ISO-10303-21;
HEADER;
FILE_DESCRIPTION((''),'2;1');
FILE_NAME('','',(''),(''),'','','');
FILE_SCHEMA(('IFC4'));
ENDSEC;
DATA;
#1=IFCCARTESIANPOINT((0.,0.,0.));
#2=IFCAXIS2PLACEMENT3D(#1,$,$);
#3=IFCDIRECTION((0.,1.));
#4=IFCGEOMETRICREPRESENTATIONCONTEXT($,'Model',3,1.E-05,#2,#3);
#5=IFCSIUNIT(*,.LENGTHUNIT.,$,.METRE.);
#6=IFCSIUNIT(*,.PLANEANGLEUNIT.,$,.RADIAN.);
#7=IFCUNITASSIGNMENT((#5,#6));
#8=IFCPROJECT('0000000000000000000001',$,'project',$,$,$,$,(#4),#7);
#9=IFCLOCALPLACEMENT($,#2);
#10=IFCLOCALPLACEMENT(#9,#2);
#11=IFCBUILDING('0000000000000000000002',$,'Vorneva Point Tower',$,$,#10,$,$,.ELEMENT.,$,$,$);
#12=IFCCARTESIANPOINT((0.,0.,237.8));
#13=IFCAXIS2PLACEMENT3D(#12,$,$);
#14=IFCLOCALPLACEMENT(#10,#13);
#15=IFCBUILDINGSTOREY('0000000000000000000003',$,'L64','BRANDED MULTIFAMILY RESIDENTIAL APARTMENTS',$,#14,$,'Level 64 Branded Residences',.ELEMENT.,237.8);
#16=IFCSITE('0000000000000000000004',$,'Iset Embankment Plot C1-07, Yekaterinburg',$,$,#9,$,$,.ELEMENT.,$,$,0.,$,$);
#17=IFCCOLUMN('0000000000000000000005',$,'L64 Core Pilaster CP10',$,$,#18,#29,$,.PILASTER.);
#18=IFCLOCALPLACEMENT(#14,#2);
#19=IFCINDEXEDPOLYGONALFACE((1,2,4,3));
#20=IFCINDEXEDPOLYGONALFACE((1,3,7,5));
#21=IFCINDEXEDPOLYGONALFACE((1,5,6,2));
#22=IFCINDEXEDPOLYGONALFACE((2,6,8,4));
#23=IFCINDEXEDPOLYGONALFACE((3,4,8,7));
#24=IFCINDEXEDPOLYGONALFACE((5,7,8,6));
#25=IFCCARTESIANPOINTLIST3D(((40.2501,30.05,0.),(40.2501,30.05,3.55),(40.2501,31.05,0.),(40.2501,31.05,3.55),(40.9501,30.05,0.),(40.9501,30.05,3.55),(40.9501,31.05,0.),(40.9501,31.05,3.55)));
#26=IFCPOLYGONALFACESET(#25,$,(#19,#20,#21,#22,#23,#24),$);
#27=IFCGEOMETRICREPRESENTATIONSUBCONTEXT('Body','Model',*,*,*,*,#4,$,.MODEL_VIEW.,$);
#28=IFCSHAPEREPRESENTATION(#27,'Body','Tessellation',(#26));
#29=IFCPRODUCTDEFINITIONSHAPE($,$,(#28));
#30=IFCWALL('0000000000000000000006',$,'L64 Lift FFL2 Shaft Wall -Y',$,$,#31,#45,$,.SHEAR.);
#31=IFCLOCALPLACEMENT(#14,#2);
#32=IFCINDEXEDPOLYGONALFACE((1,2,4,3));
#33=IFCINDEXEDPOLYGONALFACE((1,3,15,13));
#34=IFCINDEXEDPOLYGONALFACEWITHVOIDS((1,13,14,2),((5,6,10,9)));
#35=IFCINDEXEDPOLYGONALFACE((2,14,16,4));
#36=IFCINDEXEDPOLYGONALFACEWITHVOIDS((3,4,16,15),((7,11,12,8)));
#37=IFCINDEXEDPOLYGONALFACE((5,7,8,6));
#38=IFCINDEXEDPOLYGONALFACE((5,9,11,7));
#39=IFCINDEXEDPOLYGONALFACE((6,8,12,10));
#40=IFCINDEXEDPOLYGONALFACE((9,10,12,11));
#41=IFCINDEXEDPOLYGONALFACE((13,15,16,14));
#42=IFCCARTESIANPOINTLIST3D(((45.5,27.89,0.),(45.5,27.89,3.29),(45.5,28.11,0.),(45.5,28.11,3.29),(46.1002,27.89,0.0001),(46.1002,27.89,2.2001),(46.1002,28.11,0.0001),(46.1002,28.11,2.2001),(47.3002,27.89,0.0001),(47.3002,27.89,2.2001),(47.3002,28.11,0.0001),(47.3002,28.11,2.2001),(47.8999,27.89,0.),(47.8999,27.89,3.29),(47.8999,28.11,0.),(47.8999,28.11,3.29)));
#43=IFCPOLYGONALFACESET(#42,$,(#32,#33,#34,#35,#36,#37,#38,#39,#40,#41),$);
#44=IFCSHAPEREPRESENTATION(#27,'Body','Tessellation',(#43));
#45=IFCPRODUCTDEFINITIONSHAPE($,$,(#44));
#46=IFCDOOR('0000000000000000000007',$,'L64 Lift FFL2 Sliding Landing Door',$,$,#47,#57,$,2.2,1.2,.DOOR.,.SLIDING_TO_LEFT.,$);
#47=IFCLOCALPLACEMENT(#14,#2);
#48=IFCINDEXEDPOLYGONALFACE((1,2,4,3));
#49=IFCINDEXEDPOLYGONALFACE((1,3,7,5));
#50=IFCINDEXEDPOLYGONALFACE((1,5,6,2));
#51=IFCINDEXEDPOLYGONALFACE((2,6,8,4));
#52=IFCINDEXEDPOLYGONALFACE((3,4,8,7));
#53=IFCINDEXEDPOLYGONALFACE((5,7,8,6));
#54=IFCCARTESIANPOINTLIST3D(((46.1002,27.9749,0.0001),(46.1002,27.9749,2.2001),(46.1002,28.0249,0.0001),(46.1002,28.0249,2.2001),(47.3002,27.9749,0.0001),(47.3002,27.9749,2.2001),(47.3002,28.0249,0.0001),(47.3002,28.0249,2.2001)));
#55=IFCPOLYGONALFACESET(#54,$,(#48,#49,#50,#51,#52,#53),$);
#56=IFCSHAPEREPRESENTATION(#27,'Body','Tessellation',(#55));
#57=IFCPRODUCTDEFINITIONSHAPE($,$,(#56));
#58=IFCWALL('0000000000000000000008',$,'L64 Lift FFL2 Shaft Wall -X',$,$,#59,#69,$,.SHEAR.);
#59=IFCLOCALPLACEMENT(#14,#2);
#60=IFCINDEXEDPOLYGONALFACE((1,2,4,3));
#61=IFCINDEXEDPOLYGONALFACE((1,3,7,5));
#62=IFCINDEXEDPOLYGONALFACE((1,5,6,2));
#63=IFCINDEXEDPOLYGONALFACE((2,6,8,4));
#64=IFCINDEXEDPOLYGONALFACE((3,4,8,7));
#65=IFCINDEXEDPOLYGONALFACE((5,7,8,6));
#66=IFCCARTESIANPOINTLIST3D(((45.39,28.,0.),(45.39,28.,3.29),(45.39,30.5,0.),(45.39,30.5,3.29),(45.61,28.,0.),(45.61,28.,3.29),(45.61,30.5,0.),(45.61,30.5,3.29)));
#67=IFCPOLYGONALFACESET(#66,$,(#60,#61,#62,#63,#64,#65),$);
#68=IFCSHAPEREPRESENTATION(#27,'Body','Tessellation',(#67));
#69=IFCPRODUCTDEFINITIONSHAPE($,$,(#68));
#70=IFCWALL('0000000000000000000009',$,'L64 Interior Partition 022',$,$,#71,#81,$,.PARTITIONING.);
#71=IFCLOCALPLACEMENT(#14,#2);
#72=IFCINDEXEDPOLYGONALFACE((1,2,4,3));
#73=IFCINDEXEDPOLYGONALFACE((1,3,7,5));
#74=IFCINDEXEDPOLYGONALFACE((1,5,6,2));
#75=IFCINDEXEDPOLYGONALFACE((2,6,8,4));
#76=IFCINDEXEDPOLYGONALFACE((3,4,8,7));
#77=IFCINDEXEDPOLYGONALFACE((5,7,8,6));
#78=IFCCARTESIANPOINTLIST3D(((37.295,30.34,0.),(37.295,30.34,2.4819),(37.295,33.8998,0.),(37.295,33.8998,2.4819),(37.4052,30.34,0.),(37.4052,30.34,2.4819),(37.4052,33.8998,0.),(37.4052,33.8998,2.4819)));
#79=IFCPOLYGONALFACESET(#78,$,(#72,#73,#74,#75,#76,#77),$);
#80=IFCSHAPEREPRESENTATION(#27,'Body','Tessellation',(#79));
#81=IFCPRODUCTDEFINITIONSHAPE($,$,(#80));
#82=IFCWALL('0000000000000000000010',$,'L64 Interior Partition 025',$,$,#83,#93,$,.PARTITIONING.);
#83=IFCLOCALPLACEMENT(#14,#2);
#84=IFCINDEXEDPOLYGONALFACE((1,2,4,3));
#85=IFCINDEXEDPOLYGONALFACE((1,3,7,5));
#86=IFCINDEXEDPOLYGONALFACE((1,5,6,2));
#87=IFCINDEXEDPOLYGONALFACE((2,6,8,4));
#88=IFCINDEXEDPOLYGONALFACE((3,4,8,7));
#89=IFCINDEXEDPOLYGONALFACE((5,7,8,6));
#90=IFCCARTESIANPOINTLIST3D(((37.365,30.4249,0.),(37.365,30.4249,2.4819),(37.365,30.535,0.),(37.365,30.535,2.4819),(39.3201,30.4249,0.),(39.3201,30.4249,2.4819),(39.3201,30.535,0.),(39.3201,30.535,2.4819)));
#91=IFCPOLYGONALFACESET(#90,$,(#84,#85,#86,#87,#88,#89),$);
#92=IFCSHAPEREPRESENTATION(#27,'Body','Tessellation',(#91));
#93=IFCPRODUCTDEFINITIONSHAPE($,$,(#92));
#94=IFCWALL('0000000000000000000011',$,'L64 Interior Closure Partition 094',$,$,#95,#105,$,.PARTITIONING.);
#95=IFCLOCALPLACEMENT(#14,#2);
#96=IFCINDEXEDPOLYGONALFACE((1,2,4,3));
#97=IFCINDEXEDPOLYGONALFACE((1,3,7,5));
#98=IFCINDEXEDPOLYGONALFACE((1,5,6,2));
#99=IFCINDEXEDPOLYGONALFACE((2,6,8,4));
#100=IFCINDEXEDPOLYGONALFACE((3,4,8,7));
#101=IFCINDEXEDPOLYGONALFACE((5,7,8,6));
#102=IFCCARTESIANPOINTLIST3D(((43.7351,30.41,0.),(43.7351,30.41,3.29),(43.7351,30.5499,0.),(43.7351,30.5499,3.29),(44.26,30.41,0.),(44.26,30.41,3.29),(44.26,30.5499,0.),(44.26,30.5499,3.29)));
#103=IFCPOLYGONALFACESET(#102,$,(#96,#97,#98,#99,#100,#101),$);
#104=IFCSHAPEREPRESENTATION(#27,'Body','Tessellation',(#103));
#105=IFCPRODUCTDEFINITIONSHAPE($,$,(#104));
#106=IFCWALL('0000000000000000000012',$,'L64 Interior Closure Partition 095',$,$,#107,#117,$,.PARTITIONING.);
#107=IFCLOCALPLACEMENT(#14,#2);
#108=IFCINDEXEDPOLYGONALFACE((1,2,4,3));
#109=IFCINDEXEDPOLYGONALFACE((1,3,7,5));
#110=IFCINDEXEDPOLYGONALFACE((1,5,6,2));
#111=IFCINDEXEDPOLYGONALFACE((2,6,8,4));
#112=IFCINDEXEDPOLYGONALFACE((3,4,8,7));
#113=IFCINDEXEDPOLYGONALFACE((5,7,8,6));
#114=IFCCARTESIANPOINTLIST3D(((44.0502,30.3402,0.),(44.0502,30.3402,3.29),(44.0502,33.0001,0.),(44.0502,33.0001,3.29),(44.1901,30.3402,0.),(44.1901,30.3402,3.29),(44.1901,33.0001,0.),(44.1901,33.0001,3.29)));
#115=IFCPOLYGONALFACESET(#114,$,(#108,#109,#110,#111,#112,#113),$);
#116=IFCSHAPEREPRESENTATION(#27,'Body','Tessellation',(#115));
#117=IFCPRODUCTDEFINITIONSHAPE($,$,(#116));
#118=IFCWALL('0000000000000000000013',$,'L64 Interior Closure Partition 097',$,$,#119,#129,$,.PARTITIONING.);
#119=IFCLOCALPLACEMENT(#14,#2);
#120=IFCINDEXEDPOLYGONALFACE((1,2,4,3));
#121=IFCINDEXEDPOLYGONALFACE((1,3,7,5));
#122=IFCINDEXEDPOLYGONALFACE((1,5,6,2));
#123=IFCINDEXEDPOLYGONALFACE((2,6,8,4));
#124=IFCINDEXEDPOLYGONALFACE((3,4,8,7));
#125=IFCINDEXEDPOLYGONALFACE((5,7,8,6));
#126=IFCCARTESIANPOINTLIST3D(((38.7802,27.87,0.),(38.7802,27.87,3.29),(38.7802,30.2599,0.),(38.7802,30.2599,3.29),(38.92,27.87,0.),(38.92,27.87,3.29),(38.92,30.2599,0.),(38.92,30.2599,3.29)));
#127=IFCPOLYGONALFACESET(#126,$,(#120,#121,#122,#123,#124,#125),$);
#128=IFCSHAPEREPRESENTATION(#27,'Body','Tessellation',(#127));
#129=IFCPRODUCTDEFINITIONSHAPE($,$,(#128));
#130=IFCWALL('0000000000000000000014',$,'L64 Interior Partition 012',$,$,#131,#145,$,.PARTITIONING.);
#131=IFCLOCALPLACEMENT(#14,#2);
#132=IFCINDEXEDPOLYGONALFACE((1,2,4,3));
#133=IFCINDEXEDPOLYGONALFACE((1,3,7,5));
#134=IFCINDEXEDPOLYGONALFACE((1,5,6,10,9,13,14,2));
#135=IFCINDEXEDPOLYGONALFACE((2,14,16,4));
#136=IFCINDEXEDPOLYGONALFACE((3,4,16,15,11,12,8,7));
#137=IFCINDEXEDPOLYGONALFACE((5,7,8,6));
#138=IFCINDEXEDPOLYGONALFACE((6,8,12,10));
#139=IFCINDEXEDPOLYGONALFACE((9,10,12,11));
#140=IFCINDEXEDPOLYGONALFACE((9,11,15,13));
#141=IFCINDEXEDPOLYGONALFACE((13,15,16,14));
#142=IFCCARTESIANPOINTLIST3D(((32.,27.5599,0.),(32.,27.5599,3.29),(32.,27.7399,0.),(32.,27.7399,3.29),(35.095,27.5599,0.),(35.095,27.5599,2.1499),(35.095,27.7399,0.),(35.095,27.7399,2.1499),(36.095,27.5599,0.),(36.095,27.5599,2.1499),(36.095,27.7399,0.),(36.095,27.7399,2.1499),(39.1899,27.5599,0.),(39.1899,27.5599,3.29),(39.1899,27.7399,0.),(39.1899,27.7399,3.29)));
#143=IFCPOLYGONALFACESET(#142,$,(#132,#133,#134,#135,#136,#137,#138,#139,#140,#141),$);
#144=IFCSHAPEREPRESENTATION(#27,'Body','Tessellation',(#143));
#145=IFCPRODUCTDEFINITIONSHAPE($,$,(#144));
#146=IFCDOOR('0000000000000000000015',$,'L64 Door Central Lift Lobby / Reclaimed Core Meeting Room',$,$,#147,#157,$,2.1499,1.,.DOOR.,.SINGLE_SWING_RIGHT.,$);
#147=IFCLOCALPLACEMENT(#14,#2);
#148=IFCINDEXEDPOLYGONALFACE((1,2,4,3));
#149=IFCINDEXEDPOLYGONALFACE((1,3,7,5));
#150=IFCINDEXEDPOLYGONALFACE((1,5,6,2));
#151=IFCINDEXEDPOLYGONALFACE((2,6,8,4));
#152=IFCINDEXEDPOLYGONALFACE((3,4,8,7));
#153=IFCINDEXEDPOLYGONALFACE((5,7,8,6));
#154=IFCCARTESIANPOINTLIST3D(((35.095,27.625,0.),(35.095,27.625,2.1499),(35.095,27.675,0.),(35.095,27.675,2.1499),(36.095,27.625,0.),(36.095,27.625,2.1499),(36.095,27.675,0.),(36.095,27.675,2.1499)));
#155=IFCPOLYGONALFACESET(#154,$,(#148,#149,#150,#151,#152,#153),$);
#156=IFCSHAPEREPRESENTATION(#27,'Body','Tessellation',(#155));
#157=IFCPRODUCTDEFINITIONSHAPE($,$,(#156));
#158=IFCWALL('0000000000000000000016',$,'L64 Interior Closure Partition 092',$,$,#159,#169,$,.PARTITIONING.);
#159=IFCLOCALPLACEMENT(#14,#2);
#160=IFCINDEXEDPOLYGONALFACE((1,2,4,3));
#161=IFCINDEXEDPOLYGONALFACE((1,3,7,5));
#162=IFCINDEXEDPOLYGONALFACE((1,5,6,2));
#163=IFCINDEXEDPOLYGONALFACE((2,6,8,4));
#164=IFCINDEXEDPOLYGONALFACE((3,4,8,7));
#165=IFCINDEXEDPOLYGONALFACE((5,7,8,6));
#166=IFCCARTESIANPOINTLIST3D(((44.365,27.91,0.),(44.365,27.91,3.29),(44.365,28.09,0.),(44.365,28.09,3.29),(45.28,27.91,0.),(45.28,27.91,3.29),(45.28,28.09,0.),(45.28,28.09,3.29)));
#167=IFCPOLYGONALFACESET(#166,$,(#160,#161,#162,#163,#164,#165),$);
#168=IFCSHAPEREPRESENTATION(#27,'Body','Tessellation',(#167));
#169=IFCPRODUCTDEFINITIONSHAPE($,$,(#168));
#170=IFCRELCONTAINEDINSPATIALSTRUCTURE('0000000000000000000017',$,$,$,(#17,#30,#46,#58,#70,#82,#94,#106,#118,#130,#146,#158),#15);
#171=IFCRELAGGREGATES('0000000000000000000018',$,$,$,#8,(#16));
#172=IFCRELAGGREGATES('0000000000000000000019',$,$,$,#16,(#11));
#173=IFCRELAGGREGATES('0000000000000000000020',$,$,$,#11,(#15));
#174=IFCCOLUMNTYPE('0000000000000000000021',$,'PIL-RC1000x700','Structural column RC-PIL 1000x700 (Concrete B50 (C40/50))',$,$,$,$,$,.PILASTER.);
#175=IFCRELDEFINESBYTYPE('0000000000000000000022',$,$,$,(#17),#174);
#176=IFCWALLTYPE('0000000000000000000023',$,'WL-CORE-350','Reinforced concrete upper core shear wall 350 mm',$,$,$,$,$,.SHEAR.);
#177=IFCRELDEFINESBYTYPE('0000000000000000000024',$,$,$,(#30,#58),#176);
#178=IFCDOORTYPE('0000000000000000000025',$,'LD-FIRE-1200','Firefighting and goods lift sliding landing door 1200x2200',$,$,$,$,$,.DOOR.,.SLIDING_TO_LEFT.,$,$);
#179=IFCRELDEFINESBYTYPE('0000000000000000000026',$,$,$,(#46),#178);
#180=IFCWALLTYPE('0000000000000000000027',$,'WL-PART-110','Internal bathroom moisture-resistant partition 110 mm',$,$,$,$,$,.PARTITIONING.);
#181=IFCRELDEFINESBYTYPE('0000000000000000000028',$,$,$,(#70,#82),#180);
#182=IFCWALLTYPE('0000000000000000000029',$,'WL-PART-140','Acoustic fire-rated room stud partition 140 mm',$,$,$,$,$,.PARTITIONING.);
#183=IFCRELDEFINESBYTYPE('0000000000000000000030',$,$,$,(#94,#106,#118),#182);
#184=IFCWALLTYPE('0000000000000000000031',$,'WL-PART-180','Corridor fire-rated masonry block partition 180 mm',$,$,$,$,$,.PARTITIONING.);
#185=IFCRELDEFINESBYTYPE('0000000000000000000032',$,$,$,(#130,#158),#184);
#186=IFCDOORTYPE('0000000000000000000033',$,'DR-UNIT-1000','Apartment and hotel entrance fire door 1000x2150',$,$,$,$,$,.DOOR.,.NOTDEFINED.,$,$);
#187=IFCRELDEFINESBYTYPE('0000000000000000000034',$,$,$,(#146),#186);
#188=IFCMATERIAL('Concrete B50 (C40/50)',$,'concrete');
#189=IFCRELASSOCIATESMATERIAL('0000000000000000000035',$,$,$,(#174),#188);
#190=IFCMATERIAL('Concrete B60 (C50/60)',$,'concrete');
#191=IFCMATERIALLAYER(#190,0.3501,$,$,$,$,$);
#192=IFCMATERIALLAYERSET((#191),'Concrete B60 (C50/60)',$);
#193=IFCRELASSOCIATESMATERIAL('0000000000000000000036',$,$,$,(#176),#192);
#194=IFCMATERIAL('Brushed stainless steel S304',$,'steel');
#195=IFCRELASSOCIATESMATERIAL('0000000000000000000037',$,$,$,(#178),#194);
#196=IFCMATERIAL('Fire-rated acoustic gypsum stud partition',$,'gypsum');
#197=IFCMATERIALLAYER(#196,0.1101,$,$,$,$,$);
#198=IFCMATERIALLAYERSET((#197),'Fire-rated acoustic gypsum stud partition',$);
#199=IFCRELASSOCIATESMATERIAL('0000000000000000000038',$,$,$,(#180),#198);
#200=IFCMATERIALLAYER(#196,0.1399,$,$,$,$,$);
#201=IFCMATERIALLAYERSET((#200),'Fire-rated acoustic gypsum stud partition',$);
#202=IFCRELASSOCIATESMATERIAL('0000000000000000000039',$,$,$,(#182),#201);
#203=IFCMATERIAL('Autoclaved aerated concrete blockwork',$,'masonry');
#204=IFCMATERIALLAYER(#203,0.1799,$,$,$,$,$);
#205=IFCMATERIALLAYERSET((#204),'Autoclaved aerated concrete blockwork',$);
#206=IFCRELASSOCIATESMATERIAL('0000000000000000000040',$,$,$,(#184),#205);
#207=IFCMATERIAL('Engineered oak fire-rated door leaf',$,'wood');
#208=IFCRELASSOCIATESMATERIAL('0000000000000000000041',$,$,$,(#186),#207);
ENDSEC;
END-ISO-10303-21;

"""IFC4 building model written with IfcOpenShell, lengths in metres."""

from ifc_helpers import new_model, si_unit, direction, frame, frame_2d, origin, origin_2d, place, context, subcontext, project, spatial, rectangle, extrude, material, layer, layer_set, material_profile, profile_set, type_object, element, fill, save


model = new_model("IFC4")

# Units and contexts
model_context = context("Model", 3, precision=1e-05, world=origin(), true_north=direction((0.0, 1.0)))
body_context = subcontext(model_context, "Body", "Model", "MODEL_VIEW")
ifc_project = project(units=[si_unit("LENGTHUNIT", "METRE"), si_unit("PLANEANGLEUNIT", "RADIAN")], contexts=[model_context])

# Site, building, storey
site_placement = place(None, origin())
site = spatial("IfcSite", under=ifc_project, at=site_placement, Name="Iset Embankment Plot C1-07, Yekaterinburg", CompositionType="ELEMENT", RefElevation=0.0)
building_placement = place(site_placement, origin())
building = spatial("IfcBuilding", under=site, at=building_placement, Name="Vorneva Point Tower", CompositionType="ELEMENT")
storey_placement = place(building_placement, frame((0.0, 0.0, 237.8)))
storey = spatial("IfcBuildingStorey", under=building, at=storey_placement, Name="L64", Description="BRANDED MULTIFAMILY RESIDENTIAL APARTMENTS", LongName="Level 64 Branded Residences", CompositionType="ELEMENT", Elevation=237.8)

# Column
ifc_material_1 = material(Name="Concrete B50 (C40/50)", Category="concrete")
ifc_material_profile = material_profile(ifc_material_1, rectangle(XDim=0.7, YDim=1.0, at=origin_2d()), Name="RC-PIL 1000x700")
ifc_profile_set = profile_set([ifc_material_profile], Name="Concrete B50 (C40/50)")
column_type = type_object("IfcColumnType", Name="PIL-RC1000x700", Description="Structural column RC-PIL 1000x700 (Concrete B50 (C40/50))", PredefinedType="PILASTER", material=ifc_profile_set)
column_placement = place(storey_placement, frame((40.6001, 30.55, 0.0), z_axis=(0.0, 0.0, 1.0), x_axis=(1.0, 0.0, 0.0)))
element("IfcColumn", 1, at=column_placement, inside=storey, type_object=column_type, Name="L64 Core Pilaster CP10", PredefinedType="PILASTER", context=body_context, shape_type="SweptSolid", body=[
    extrude(rectangle(XDim=0.7, YDim=1.0, at=origin_2d()), origin(), (0.0, 0.0, 1.0), 3.55),
])

# Wall, opening, door
ifc_material_2 = material(Name="Concrete B60 (C50/60)", Category="concrete")
ifc_layer_1 = layer(ifc_material_2, 0.3501)
ifc_layer_set_1 = layer_set([ifc_layer_1], Name="Concrete B60 (C50/60)")
wall_type_1 = type_object("IfcWallType", Name="WL-CORE-350", Description="Reinforced concrete upper core shear wall 350 mm", PredefinedType="SHEAR", material=ifc_layer_set_1)
wall_1_placement = place(storey_placement, frame((45.5, 28.0, 0.0), z_axis=(0.0, 0.0, 1.0), x_axis=(1.0, 0.0, 0.0)))
wall_1 = element("IfcWall", 2, at=wall_1_placement, inside=storey, type_object=wall_type_1, Name="L64 Lift FFL2 Shaft Wall -Y", PredefinedType="SHEAR", context=body_context, shape_type="SweptSolid", body=[
    extrude(rectangle(XDim=2.3999, YDim=0.22, at=frame_2d((1.2, 0.0))), origin(), (0.0, 0.0, 1.0), 3.29),
])
opening_1_placement = place(wall_1_placement, frame((0.6001, 0.0, 0.0)))
opening_1 = element("IfcOpeningElement", 3, at=opening_1_placement, cuts=wall_1, PredefinedType="OPENING", context=body_context, shape_type="SweptSolid", body=[
    extrude(rectangle(XDim=1.2, YDim=2.2, at=frame_2d((0.6001, 1.1001))), frame((0.0, 0.125, 0.0), z_axis=(0.0, -1.0, 0.0), x_axis=(1.0, 0.0, 0.0)), (0.0, 0.0, 1.0), 0.2498),
])
ifc_material_3 = material(Name="Brushed stainless steel S304", Category="steel")
door_type_1 = type_object("IfcDoorType", Name="LD-FIRE-1200", Description="Firefighting and goods lift sliding landing door 1200x2200", OperationType="SLIDING_TO_LEFT", PredefinedType="DOOR", material=ifc_material_3)
door_1_placement = place(opening_1_placement, origin())
door_1 = element("IfcDoor", 4, at=door_1_placement, inside=storey, type_object=door_type_1, Name="L64 Lift FFL2 Sliding Landing Door", OperationType="SLIDING_TO_LEFT", OverallHeight=2.2, OverallWidth=1.2, PredefinedType="DOOR", context=body_context, shape_type="SweptSolid", body=[
    extrude(rectangle(XDim=1.2, YDim=2.2, at=frame_2d((0.6001, 1.1001))), frame((0.0, 0.0249, 0.0), z_axis=(0.0, -1.0, 0.0), x_axis=(1.0, 0.0, 0.0)), (0.0, 0.0, 1.0), 0.05),
])
fill(opening_1, door_1)

# Walls
wall_2_placement = place(storey_placement, frame((45.5, 30.5, 0.0), z_axis=(0.0, 0.0, 1.0), x_axis=(0.0, -1.0, 0.0)))
element("IfcWall", 5, at=wall_2_placement, inside=storey, type_object=wall_type_1, Name="L64 Lift FFL2 Shaft Wall -X", PredefinedType="SHEAR", context=body_context, shape_type="SweptSolid", body=[
    extrude(rectangle(XDim=2.5, YDim=0.22, at=frame_2d((1.25, 0.0))), origin(), (0.0, 0.0, 1.0), 3.29),
])
ifc_material_4 = material(Name="Fire-rated acoustic gypsum stud partition", Category="gypsum")
ifc_layer_2 = layer(ifc_material_4, 0.1101)
ifc_layer_set_2 = layer_set([ifc_layer_2], Name="Fire-rated acoustic gypsum stud partition")
wall_type_2 = type_object("IfcWallType", Name="WL-PART-110", Description="Internal bathroom moisture-resistant partition 110 mm", PredefinedType="PARTITIONING", material=ifc_layer_set_2)
wall_3_placement = place(storey_placement, frame((37.3501, 30.3401, 0.0), z_axis=(0.0, 0.0, 1.0), x_axis=(0.0, 1.0, 0.0)))
element("IfcWall", 6, at=wall_3_placement, inside=storey, type_object=wall_type_2, Name="L64 Interior Partition 022", PredefinedType="PARTITIONING", context=body_context, shape_type="SweptSolid", body=[
    extrude(rectangle(XDim=3.5598, YDim=0.1101, at=frame_2d((1.7798, 0.0))), origin(), (0.0, 0.0, 1.0), 2.4819),
])
wall_4_placement = place(storey_placement, frame((37.365, 30.48, 0.0), z_axis=(0.0, 0.0, 1.0), x_axis=(1.0, 0.0, 0.0)))
element("IfcWall", 7, at=wall_4_placement, inside=storey, type_object=wall_type_2, Name="L64 Interior Partition 025", PredefinedType="PARTITIONING", context=body_context, shape_type="SweptSolid", body=[
    extrude(rectangle(XDim=1.9551, YDim=0.1101, at=frame_2d((0.9775, 0.0))), origin(), (0.0, 0.0, 1.0), 2.4819),
])
ifc_layer_3 = layer(ifc_material_4, 0.1399)
ifc_layer_set_3 = layer_set([ifc_layer_3], Name="Fire-rated acoustic gypsum stud partition")
wall_type_3 = type_object("IfcWallType", Name="WL-PART-140", Description="Acoustic fire-rated room stud partition 140 mm", PredefinedType="PARTITIONING", material=ifc_layer_set_3)
wall_5_placement = place(storey_placement, frame((43.7351, 30.48, 0.0), z_axis=(0.0, 0.0, 1.0), x_axis=(1.0, 0.0, 0.0)))
element("IfcWall", 8, at=wall_5_placement, inside=storey, type_object=wall_type_3, Name="L64 Interior Closure Partition 094", PredefinedType="PARTITIONING", context=body_context, shape_type="SweptSolid", body=[
    extrude(rectangle(XDim=0.5249, YDim=0.1399, at=frame_2d((0.2625, 0.0))), origin(), (0.0, 0.0, 1.0), 3.29),
])
wall_6_placement = place(storey_placement, frame((44.1201, 30.3401, 0.0), z_axis=(0.0, 0.0, 1.0), x_axis=(0.0, 1.0, 0.0)))
element("IfcWall", 9, at=wall_6_placement, inside=storey, type_object=wall_type_3, Name="L64 Interior Closure Partition 095", PredefinedType="PARTITIONING", context=body_context, shape_type="SweptSolid", body=[
    extrude(rectangle(XDim=2.6599, YDim=0.1399, at=frame_2d((1.3301, 0.0))), origin(), (0.0, 0.0, 1.0), 3.29),
])
wall_7_placement = place(storey_placement, frame((38.8501, 27.8701, 0.0), z_axis=(0.0, 0.0, 1.0), x_axis=(0.0, 1.0, 0.0)))
element("IfcWall", 10, at=wall_7_placement, inside=storey, type_object=wall_type_3, Name="L64 Interior Closure Partition 097", PredefinedType="PARTITIONING", context=body_context, shape_type="SweptSolid", body=[
    extrude(rectangle(XDim=2.3899, YDim=0.1399, at=frame_2d((1.1948, 0.0))), origin(), (0.0, 0.0, 1.0), 3.29),
])

# Wall, opening, door
ifc_material_5 = material(Name="Autoclaved aerated concrete blockwork", Category="masonry")
ifc_layer_4 = layer(ifc_material_5, 0.1799)
ifc_layer_set_4 = layer_set([ifc_layer_4], Name="Autoclaved aerated concrete blockwork")
wall_type_4 = type_object("IfcWallType", Name="WL-PART-180", Description="Corridor fire-rated masonry block partition 180 mm", PredefinedType="PARTITIONING", material=ifc_layer_set_4)
wall_8_placement = place(storey_placement, frame((39.1899, 27.6499, 0.0), z_axis=(0.0, 0.0, 1.0), x_axis=(-1.0, 0.0, 0.0)))
wall_8 = element("IfcWall", 11, at=wall_8_placement, inside=storey, type_object=wall_type_4, Name="L64 Interior Partition 012", PredefinedType="PARTITIONING", context=body_context, shape_type="SweptSolid", body=[
    extrude(rectangle(XDim=7.1899, YDim=0.1799, at=frame_2d((3.595, 0.0))), origin(), (0.0, 0.0, 1.0), 3.29),
])
opening_2_placement = place(wall_8_placement, frame((3.095, 0.0, 0.0)))
opening_2 = element("IfcOpeningElement", 12, at=opening_2_placement, cuts=wall_8, PredefinedType="OPENING", context=body_context, shape_type="SweptSolid", body=[
    extrude(rectangle(XDim=1.0, YDim=2.1499, at=frame_2d((0.5, 1.075))), frame((0.0, 0.105, 0.0), z_axis=(0.0, -1.0, 0.0), x_axis=(1.0, 0.0, 0.0)), (0.0, 0.0, 1.0), 0.2097),
])
ifc_material_6 = material(Name="Engineered oak fire-rated door leaf", Category="wood")
door_type_2 = type_object("IfcDoorType", Name="DR-UNIT-1000", Description="Apartment and hotel entrance fire door 1000x2150", OperationType="NOTDEFINED", PredefinedType="DOOR", material=ifc_material_6)
door_2_placement = place(opening_2_placement, origin())
door_2 = element("IfcDoor", 13, at=door_2_placement, inside=storey, type_object=door_type_2, Name="L64 Door Central Lift Lobby / Reclaimed Core Meeting Room", OperationType="SINGLE_SWING_RIGHT", OverallHeight=2.1499, OverallWidth=1.0, PredefinedType="DOOR", context=body_context, shape_type="SweptSolid", body=[
    extrude(rectangle(XDim=1.0, YDim=2.1499, at=frame_2d((0.5, 1.075))), frame((0.0, 0.0249, 0.0), z_axis=(0.0, -1.0, 0.0), x_axis=(1.0, 0.0, 0.0)), (0.0, 0.0, 1.0), 0.05),
])
fill(opening_2, door_2)

# Wall
wall_9_placement = place(storey_placement, frame((45.28, 28.0, 0.0), z_axis=(0.0, 0.0, 1.0), x_axis=(-1.0, 0.0, 0.0)))
element("IfcWall", 14, at=wall_9_placement, inside=storey, type_object=wall_type_4, Name="L64 Interior Closure Partition 092", PredefinedType="PARTITIONING", context=body_context, shape_type="SweptSolid", body=[
    extrude(rectangle(XDim=0.915, YDim=0.1799, at=frame_2d((0.4575, 0.0))), origin(), (0.0, 0.0, 1.0), 3.29),
])

save(model, "model.ifc")
